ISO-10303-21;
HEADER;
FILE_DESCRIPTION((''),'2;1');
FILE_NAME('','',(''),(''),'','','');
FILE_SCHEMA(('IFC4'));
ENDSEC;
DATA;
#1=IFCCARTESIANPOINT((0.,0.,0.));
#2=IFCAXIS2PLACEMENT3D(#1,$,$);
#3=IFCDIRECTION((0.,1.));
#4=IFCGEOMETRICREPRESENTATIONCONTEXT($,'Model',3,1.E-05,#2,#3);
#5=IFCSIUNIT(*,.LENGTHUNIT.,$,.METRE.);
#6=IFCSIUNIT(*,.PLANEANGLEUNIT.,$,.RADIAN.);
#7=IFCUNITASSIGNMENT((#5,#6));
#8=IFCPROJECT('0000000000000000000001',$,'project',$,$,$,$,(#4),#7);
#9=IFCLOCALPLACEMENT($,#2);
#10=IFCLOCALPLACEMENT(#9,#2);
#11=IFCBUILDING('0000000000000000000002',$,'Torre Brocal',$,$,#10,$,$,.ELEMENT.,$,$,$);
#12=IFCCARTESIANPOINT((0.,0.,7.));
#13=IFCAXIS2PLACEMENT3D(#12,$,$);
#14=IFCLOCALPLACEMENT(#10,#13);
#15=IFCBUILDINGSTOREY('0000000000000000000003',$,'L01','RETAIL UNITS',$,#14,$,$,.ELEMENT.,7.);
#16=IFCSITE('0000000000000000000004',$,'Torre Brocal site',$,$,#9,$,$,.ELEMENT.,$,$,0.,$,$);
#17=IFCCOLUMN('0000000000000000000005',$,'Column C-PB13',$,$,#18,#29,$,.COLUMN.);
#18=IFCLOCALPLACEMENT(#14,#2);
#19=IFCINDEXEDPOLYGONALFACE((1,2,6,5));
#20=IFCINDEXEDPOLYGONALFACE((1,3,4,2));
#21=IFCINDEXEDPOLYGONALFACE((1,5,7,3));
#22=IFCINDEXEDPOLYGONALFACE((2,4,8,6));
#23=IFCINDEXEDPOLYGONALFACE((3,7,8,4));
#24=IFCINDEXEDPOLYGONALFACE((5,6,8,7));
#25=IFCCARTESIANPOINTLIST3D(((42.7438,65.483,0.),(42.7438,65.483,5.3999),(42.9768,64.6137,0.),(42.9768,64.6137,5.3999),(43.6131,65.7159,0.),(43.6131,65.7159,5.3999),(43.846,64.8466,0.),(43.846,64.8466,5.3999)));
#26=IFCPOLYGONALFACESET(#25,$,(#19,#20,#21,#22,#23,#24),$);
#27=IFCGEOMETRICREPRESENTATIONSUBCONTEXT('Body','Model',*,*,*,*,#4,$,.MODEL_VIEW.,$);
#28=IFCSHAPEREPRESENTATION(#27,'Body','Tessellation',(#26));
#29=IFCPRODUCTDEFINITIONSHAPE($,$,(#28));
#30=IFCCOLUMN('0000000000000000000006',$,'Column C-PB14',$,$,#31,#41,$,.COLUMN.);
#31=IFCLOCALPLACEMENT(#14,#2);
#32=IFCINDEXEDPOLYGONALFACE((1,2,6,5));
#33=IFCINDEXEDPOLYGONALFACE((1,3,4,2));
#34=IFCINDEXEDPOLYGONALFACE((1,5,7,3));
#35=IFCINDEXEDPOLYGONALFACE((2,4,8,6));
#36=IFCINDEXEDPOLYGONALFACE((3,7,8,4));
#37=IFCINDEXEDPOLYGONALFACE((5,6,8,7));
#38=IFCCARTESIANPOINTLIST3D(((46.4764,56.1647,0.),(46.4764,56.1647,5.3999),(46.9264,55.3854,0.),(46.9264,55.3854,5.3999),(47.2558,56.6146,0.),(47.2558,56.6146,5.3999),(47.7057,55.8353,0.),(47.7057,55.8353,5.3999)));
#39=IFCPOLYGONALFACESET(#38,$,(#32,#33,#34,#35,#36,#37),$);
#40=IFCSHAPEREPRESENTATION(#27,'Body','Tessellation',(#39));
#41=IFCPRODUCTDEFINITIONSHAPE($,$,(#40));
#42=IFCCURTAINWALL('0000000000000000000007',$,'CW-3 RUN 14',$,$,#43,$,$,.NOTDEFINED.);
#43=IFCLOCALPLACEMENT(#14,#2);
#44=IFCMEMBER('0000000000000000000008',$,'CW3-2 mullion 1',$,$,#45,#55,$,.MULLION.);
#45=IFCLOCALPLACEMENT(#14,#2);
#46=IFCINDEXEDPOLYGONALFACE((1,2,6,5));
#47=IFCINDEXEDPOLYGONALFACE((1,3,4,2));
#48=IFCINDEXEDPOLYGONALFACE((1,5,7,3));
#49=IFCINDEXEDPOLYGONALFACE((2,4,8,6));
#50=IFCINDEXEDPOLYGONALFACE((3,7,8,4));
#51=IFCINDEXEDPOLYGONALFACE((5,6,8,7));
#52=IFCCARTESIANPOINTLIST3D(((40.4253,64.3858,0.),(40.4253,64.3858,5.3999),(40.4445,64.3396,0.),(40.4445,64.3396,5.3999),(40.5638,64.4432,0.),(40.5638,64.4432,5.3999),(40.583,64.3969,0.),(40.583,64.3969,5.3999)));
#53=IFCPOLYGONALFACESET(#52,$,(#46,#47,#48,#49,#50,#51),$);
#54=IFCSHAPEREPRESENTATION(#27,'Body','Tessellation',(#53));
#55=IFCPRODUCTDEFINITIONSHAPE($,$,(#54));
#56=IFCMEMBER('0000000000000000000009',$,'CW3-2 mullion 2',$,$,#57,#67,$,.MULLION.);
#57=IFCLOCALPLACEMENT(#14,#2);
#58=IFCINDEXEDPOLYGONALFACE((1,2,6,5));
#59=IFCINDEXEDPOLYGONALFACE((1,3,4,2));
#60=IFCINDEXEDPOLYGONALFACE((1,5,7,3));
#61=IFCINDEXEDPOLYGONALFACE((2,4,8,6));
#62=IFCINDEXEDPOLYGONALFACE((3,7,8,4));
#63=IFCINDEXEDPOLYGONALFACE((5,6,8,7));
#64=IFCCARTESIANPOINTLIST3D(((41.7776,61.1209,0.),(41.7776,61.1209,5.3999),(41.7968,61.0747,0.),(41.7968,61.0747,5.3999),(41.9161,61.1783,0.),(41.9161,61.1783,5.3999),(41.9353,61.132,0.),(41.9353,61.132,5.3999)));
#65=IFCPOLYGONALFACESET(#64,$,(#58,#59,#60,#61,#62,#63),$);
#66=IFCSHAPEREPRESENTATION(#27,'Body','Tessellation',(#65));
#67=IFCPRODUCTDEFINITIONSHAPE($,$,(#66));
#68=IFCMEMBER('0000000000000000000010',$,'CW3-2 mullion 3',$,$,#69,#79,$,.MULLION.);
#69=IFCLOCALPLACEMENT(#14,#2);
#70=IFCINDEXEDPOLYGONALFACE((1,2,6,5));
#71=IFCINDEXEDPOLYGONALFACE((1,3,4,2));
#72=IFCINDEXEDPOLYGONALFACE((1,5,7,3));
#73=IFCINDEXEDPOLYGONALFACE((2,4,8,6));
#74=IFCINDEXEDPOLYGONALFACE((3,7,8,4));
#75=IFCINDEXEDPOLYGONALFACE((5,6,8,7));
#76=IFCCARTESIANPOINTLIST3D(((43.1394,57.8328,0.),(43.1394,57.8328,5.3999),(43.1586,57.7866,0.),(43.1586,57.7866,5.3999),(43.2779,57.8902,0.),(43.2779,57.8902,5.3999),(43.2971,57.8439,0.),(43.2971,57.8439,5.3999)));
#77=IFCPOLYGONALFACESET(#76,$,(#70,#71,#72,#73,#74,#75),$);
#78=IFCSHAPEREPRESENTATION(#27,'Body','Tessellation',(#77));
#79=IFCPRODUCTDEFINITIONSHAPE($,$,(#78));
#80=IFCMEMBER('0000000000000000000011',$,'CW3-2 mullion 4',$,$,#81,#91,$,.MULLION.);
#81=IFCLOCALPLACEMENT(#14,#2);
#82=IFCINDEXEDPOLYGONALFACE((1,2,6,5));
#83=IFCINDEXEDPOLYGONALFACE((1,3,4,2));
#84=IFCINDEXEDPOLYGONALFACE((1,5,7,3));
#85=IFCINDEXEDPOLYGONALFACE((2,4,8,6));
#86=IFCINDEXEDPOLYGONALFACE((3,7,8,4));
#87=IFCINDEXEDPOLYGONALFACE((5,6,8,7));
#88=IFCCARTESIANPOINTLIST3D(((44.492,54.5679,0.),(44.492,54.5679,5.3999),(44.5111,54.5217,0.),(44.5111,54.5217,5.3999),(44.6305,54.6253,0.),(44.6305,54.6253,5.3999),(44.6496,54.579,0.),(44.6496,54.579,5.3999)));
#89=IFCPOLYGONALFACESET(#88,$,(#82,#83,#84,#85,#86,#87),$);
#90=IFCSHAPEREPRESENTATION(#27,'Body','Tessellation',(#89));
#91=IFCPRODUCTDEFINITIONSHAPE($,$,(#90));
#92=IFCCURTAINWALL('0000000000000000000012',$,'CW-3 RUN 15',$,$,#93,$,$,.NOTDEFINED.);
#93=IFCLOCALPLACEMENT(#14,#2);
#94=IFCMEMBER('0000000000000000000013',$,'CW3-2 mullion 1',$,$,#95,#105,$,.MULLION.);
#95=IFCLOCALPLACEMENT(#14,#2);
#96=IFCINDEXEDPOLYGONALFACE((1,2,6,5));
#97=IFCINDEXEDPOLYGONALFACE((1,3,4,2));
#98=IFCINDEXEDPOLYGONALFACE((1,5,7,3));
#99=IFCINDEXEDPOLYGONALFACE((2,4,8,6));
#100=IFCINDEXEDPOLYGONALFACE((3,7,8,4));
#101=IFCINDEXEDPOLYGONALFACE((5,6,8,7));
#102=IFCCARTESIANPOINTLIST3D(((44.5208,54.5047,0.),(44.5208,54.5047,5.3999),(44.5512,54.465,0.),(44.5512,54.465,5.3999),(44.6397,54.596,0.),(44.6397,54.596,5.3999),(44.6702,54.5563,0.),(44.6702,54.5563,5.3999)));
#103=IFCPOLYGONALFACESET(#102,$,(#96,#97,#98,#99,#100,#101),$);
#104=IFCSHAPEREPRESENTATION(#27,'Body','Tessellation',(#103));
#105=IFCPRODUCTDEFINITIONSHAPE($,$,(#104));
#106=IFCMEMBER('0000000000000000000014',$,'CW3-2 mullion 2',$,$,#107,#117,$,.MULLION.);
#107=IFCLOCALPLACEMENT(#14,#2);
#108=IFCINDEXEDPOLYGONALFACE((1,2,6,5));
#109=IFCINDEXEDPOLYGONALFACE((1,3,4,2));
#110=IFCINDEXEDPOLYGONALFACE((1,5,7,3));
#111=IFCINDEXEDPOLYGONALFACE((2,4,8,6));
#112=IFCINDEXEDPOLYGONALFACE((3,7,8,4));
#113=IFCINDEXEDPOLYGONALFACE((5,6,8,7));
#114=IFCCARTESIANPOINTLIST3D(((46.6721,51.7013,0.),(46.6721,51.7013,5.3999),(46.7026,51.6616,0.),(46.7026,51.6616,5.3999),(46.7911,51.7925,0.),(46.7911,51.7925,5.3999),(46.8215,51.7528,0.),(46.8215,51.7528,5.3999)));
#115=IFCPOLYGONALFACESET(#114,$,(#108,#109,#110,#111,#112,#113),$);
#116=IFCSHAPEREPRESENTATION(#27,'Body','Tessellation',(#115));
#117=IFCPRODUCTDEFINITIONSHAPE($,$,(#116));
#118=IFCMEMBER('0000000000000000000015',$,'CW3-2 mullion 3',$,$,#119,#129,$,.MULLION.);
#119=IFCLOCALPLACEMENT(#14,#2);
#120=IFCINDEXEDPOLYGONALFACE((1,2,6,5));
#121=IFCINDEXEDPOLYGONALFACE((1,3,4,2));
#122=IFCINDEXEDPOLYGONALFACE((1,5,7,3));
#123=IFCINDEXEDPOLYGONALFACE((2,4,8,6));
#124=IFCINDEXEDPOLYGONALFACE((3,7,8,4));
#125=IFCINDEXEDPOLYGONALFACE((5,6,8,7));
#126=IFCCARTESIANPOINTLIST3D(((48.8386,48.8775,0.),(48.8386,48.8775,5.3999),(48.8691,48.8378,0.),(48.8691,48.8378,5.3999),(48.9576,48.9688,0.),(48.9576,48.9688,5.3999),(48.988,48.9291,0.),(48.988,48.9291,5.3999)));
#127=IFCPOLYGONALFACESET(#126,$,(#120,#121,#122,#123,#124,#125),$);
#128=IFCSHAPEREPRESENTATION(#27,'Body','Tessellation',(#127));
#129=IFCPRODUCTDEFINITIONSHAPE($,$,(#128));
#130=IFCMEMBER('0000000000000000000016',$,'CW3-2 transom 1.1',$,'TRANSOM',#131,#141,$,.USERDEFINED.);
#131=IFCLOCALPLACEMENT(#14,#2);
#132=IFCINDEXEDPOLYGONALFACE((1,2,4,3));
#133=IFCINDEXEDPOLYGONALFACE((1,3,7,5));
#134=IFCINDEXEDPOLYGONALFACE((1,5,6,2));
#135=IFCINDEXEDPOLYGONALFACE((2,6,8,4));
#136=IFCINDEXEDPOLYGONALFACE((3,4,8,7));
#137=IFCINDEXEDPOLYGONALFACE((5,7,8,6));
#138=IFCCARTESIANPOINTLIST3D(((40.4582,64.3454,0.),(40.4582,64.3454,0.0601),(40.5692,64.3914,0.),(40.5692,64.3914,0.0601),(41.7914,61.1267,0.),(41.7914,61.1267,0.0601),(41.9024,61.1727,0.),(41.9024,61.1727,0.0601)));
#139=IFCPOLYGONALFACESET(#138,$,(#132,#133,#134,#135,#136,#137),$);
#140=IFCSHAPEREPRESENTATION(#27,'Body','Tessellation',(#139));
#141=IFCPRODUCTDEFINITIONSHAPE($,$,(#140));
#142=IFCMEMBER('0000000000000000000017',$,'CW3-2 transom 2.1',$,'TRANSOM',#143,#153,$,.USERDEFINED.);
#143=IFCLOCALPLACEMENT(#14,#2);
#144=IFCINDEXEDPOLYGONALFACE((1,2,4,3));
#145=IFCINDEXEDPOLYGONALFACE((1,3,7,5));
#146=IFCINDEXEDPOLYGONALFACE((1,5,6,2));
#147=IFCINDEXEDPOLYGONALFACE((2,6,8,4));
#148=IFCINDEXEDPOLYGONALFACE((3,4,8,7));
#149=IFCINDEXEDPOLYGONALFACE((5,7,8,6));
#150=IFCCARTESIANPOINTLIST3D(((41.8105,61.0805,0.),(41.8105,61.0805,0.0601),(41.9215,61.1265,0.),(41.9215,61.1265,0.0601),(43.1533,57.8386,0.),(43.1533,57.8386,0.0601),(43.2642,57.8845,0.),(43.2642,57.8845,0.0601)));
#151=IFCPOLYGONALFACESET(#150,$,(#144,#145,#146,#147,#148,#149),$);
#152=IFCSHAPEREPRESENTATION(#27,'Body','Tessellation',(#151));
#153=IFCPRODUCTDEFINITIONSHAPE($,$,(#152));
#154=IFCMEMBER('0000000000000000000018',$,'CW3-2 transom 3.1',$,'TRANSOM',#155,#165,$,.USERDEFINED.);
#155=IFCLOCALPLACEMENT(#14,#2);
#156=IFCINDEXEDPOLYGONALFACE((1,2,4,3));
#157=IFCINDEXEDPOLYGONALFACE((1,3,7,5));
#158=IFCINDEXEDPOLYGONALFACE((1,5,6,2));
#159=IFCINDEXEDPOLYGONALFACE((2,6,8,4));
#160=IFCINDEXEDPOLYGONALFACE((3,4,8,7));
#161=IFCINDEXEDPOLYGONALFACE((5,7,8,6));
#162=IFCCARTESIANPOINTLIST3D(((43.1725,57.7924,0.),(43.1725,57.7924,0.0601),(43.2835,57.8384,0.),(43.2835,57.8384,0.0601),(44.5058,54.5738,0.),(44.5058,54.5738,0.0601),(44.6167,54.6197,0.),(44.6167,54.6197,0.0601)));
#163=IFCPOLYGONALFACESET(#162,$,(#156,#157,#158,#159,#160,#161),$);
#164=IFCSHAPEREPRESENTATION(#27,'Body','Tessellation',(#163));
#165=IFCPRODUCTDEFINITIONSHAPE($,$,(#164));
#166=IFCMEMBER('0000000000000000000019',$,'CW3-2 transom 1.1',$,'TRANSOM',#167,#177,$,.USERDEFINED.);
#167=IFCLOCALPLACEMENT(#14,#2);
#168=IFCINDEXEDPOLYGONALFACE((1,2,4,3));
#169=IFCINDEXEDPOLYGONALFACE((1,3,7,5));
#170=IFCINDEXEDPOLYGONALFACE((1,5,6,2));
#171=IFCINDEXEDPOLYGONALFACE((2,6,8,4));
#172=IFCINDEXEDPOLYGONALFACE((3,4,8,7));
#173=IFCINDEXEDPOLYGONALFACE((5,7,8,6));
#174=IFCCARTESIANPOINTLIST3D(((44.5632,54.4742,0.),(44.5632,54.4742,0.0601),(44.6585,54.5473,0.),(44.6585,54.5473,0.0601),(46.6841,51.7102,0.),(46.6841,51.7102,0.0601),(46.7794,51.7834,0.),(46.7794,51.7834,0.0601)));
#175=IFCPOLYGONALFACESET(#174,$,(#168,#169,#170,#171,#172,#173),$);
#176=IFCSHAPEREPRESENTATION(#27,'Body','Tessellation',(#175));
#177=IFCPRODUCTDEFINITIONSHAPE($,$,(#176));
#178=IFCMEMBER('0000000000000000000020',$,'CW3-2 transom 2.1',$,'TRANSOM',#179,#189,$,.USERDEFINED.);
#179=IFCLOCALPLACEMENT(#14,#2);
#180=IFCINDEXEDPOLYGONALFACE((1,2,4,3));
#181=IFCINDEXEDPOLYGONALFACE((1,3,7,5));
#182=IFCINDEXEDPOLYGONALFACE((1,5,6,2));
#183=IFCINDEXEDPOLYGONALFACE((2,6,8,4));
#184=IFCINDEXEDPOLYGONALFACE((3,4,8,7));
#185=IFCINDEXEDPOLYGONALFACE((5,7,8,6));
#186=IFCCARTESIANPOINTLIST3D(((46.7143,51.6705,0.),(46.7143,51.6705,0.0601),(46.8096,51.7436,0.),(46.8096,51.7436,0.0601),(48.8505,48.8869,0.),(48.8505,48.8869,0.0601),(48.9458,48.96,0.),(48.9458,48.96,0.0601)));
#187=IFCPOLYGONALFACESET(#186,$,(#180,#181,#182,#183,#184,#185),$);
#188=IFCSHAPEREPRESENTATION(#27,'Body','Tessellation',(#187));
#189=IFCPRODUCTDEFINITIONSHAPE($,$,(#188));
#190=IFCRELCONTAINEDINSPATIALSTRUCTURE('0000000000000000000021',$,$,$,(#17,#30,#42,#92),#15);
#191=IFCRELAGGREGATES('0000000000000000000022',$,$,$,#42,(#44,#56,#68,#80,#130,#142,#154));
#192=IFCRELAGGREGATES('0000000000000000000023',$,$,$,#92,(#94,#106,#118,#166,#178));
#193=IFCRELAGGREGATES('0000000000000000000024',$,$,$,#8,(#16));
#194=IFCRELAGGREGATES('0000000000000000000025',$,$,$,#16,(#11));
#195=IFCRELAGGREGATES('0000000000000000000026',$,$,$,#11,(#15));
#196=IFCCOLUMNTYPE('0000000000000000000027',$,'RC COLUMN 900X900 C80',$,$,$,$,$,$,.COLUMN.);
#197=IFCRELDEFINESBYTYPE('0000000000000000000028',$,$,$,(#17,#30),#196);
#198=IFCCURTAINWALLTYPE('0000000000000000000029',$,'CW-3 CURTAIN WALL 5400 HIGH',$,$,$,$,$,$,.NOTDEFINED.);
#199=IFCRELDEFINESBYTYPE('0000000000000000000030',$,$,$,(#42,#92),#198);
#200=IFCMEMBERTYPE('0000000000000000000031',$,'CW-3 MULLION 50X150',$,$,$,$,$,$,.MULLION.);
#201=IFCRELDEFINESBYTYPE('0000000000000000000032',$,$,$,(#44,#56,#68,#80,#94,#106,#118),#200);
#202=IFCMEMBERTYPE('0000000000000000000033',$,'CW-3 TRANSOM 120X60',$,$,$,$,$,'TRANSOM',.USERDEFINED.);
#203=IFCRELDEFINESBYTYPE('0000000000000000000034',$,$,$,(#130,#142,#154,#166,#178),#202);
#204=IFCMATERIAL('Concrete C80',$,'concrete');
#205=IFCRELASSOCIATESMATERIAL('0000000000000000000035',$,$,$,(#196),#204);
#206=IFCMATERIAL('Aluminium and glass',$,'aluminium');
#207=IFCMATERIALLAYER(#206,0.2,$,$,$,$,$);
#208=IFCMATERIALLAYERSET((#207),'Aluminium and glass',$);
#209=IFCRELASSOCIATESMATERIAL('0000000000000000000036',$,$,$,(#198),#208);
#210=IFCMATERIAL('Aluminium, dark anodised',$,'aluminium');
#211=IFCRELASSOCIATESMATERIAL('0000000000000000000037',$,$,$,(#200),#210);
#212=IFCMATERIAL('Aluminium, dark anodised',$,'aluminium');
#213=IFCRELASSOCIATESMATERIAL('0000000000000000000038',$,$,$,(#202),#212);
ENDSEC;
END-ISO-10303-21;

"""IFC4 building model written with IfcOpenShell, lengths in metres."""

from ifc_helpers import new_model, si_unit, direction, frame, origin, origin_2d, place, context, subcontext, project, spatial, rectangle, extrude, material, layer, layer_set, material_profile, profile_set, type_object, element, aggregate, save


model = new_model("IFC4")

# Units and contexts
model_context = context("Model", 3, precision=1e-05, world=origin(), true_north=direction((0.0, 1.0)))
body_context = subcontext(model_context, "Body", "Model", "MODEL_VIEW")
ifc_project = project(units=[si_unit("LENGTHUNIT", "METRE"), si_unit("PLANEANGLEUNIT", "RADIAN")], contexts=[model_context])

# Site, building, storey
site_placement = place(None, origin())
site = spatial("IfcSite", under=ifc_project, at=site_placement, Name="Torre Brocal site", CompositionType="ELEMENT", RefElevation=0.0)
building_placement = place(site_placement, origin())
building = spatial("IfcBuilding", under=site, at=building_placement, Name="Torre Brocal", CompositionType="ELEMENT")
storey_placement = place(building_placement, frame((0.0, 0.0, 7.0)))
storey = spatial("IfcBuildingStorey", under=building, at=storey_placement, Name="L01", Description="RETAIL UNITS", CompositionType="ELEMENT", Elevation=7.0)

# Columns
ifc_material_1 = material(Name="Concrete C80", Category="concrete")
ifc_material_profile_1 = material_profile(ifc_material_1, rectangle(XDim=0.8999, YDim=0.8999, at=origin_2d()), Name="RC 900X900")
ifc_profile_set_1 = profile_set([ifc_material_profile_1], Name="Concrete C80")
column_type = type_object("IfcColumnType", Name="RC COLUMN 900X900 C80", PredefinedType="COLUMN", material=ifc_profile_set_1)
for number, where, z_axis, x_axis, name in (
    (1, (43.2949, 65.1648, 0.0), (0.0, 0.0, 1.0), (-0.965926, -0.258819, 0.0), "Column C-PB13"),
    (2, (47.0911, 56.0, 0.0), (0.0, 0.0, 1.0), (-0.866025, -0.5, 0.0), "Column C-PB14"),
):
    element("IfcColumn", number, at=place(storey_placement, frame(where, z_axis=z_axis, x_axis=x_axis)), inside=storey, type_object=column_type, Name=name, PredefinedType="COLUMN", context=body_context, shape_type="SweptSolid", body=[
        extrude(rectangle(XDim=0.8999, YDim=0.8999, at=origin_2d()), origin(), (0.0, 0.0, 1.0), 5.3999),
    ])

# Curtain walls, members
ifc_material_2 = material(Name="Aluminium and glass", Category="aluminium")
ifc_layer_1 = layer(ifc_material_2, 0.2)
ifc_layer_set_1 = layer_set([ifc_layer_1], Name="Aluminium and glass")
curtain_wall_type = type_object("IfcCurtainWallType", Name="CW-3 CURTAIN WALL 5400 HIGH", PredefinedType="NOTDEFINED", material=ifc_layer_set_1)
curtain_wall_1_placement = place(storey_placement, origin())
curtain_wall_1 = element("IfcCurtainWall", 3, at=curtain_wall_1_placement, inside=storey, type_object=curtain_wall_type, Name="CW-3 RUN 14", PredefinedType="NOTDEFINED")
ifc_material_3 = material(Name="Aluminium, dark anodised", Category="aluminium")
ifc_material_profile_2 = material_profile(ifc_material_3, rectangle(XDim=0.1499, YDim=0.05, at=origin_2d()), Name="CW-3 MULLION 50X150")
ifc_profile_set_2 = profile_set([ifc_material_profile_2], Name="Aluminium, dark anodised")
member_type_1 = type_object("IfcMemberType", Name="CW-3 MULLION 50X150", PredefinedType="MULLION", material=ifc_profile_set_2)
member_1_placement = place(storey_placement, frame((40.5042, 64.3914, 0.0), z_axis=(0.0, 0.0, 1.0), x_axis=(0.92388, 0.382683, 0.0)))
member_1 = element("IfcMember", 4, at=member_1_placement, type_object=member_type_1, Name="CW3-2 mullion 1", PredefinedType="MULLION", context=body_context, shape_type="SweptSolid", body=[
    extrude(rectangle(XDim=0.1499, YDim=0.05, at=origin_2d()), origin(), (0.0, 0.0, 1.0), 5.3999),
])
member_2_placement = place(storey_placement, frame((41.8564, 61.1265, 0.0), z_axis=(0.0, 0.0, 1.0), x_axis=(0.92388, 0.382683, 0.0)))
member_2 = element("IfcMember", 5, at=member_2_placement, type_object=member_type_1, Name="CW3-2 mullion 2", PredefinedType="MULLION", context=body_context, shape_type="SweptSolid", body=[
    extrude(rectangle(XDim=0.1499, YDim=0.05, at=origin_2d()), origin(), (0.0, 0.0, 1.0), 5.3999),
])
member_3_placement = place(storey_placement, frame((43.2183, 57.8384, 0.0), z_axis=(0.0, 0.0, 1.0), x_axis=(0.92388, 0.382683, 0.0)))
member_3 = element("IfcMember", 6, at=member_3_placement, type_object=member_type_1, Name="CW3-2 mullion 3", PredefinedType="MULLION", context=body_context, shape_type="SweptSolid", body=[
    extrude(rectangle(XDim=0.1499, YDim=0.05, at=origin_2d()), origin(), (0.0, 0.0, 1.0), 5.3999),
])
member_4_placement = place(storey_placement, frame((44.5708, 54.5735, 0.0), z_axis=(0.0, 0.0, 1.0), x_axis=(0.92388, 0.382683, 0.0)))
member_4 = element("IfcMember", 7, at=member_4_placement, type_object=member_type_1, Name="CW3-2 mullion 4", PredefinedType="MULLION", context=body_context, shape_type="SweptSolid", body=[
    extrude(rectangle(XDim=0.1499, YDim=0.05, at=origin_2d()), origin(), (0.0, 0.0, 1.0), 5.3999),
])
curtain_wall_2_placement = place(storey_placement, origin())
curtain_wall_2 = element("IfcCurtainWall", 8, at=curtain_wall_2_placement, inside=storey, type_object=curtain_wall_type, Name="CW-3 RUN 15", PredefinedType="NOTDEFINED")
member_5_placement = place(storey_placement, frame((44.5955, 54.5305, 0.0), z_axis=(0.0, 0.0, 1.0), x_axis=(0.793353, 0.608761, 0.0)))
member_5 = element("IfcMember", 9, at=member_5_placement, type_object=member_type_1, Name="CW3-2 mullion 1", PredefinedType="MULLION", context=body_context, shape_type="SweptSolid", body=[
    extrude(rectangle(XDim=0.1499, YDim=0.05, at=origin_2d()), origin(), (0.0, 0.0, 1.0), 5.3999),
])
member_6_placement = place(storey_placement, frame((46.7468, 51.7271, 0.0), z_axis=(0.0, 0.0, 1.0), x_axis=(0.793353, 0.608761, 0.0)))
member_6 = element("IfcMember", 10, at=member_6_placement, type_object=member_type_1, Name="CW3-2 mullion 2", PredefinedType="MULLION", context=body_context, shape_type="SweptSolid", body=[
    extrude(rectangle(XDim=0.1499, YDim=0.05, at=origin_2d()), origin(), (0.0, 0.0, 1.0), 5.3999),
])
member_7_placement = place(storey_placement, frame((48.9133, 48.9033, 0.0), z_axis=(0.0, 0.0, 1.0), x_axis=(0.793353, 0.608761, 0.0)))
member_7 = element("IfcMember", 11, at=member_7_placement, type_object=member_type_1, Name="CW3-2 mullion 3", PredefinedType="MULLION", context=body_context, shape_type="SweptSolid", body=[
    extrude(rectangle(XDim=0.1499, YDim=0.05, at=origin_2d()), origin(), (0.0, 0.0, 1.0), 5.3999),
])

# Members
ifc_material_4 = material(Name="Aluminium, dark anodised", Category="aluminium")
ifc_material_profile_3 = material_profile(ifc_material_4, rectangle(XDim=0.1201, YDim=0.0601, at=origin_2d()), Name="CW-3 TRANSOM 120X60")
ifc_profile_set_3 = profile_set([ifc_material_profile_3], Name="Aluminium, dark anodised")
member_type_2 = type_object("IfcMemberType", Name="CW-3 TRANSOM 120X60", ElementType="TRANSOM", PredefinedType="USERDEFINED", material=ifc_profile_set_3)
member_8_placement = place(storey_placement, frame((40.5137, 64.3684, 0.03), z_axis=(0.382684, -0.923879, 0.0), x_axis=(0.923879, 0.382684, 0.0)))
member_8 = element("IfcMember", 12, at=member_8_placement, type_object=member_type_2, Name="CW3-2 transom 1.1", ObjectType="TRANSOM", PredefinedType="USERDEFINED", context=body_context, shape_type="SweptSolid", body=[
    extrude(rectangle(XDim=0.1201, YDim=0.0601, at=origin_2d()), origin(), (0.0, 0.0, 1.0), 3.4839),
])
member_9_placement = place(storey_placement, frame((41.866, 61.1035, 0.03), z_axis=(0.382663, -0.923888, 0.0), x_axis=(0.923888, 0.382663, 0.0)))
member_9 = element("IfcMember", 13, at=member_9_placement, type_object=member_type_2, Name="CW3-2 transom 2.1", ObjectType="TRANSOM", PredefinedType="USERDEFINED", context=body_context, shape_type="SweptSolid", body=[
    extrude(rectangle(XDim=0.1201, YDim=0.0601, at=origin_2d()), origin(), (0.0, 0.0, 1.0), 3.509),
])
member_10_placement = place(storey_placement, frame((43.228, 57.8154, 0.03), z_axis=(0.382684, -0.923879, 0.0), x_axis=(0.923879, 0.382684, 0.0)))
member_10 = element("IfcMember", 14, at=member_10_placement, type_object=member_type_2, Name="CW3-2 transom 3.1", ObjectType="TRANSOM", PredefinedType="USERDEFINED", context=body_context, shape_type="SweptSolid", body=[
    extrude(rectangle(XDim=0.1201, YDim=0.0601, at=origin_2d()), origin(), (0.0, 0.0, 1.0), 3.4839),
])
member_11_placement = place(storey_placement, frame((44.6108, 54.5107, 0.03), z_axis=(0.608765, -0.79335, 0.0), x_axis=(0.79335, 0.608765, 0.0)))
member_11 = element("IfcMember", 15, at=member_11_placement, type_object=member_type_2, Name="CW3-2 transom 1.1", ObjectType="TRANSOM", PredefinedType="USERDEFINED", context=body_context, shape_type="SweptSolid", body=[
    extrude(rectangle(XDim=0.1201, YDim=0.0601, at=origin_2d()), origin(), (0.0, 0.0, 1.0), 3.4839),
])
member_12_placement = place(storey_placement, frame((46.762, 51.707, 0.03), z_axis=(0.608802, -0.793322, 0.0), x_axis=(0.793322, 0.608802, 0.0)))
member_12 = element("IfcMember", 16, at=member_12_placement, type_object=member_type_2, Name="CW3-2 transom 2.1", ObjectType="TRANSOM", PredefinedType="USERDEFINED", context=body_context, shape_type="SweptSolid", body=[
    extrude(rectangle(XDim=0.1201, YDim=0.0601, at=origin_2d()), origin(), (0.0, 0.0, 1.0), 3.5088),
])

aggregate(curtain_wall_1, [member_1, member_2, member_3, member_4, member_8, member_9, member_10])
aggregate(curtain_wall_2, [member_5, member_6, member_7, member_11, member_12])

save(model, "model.ifc")
